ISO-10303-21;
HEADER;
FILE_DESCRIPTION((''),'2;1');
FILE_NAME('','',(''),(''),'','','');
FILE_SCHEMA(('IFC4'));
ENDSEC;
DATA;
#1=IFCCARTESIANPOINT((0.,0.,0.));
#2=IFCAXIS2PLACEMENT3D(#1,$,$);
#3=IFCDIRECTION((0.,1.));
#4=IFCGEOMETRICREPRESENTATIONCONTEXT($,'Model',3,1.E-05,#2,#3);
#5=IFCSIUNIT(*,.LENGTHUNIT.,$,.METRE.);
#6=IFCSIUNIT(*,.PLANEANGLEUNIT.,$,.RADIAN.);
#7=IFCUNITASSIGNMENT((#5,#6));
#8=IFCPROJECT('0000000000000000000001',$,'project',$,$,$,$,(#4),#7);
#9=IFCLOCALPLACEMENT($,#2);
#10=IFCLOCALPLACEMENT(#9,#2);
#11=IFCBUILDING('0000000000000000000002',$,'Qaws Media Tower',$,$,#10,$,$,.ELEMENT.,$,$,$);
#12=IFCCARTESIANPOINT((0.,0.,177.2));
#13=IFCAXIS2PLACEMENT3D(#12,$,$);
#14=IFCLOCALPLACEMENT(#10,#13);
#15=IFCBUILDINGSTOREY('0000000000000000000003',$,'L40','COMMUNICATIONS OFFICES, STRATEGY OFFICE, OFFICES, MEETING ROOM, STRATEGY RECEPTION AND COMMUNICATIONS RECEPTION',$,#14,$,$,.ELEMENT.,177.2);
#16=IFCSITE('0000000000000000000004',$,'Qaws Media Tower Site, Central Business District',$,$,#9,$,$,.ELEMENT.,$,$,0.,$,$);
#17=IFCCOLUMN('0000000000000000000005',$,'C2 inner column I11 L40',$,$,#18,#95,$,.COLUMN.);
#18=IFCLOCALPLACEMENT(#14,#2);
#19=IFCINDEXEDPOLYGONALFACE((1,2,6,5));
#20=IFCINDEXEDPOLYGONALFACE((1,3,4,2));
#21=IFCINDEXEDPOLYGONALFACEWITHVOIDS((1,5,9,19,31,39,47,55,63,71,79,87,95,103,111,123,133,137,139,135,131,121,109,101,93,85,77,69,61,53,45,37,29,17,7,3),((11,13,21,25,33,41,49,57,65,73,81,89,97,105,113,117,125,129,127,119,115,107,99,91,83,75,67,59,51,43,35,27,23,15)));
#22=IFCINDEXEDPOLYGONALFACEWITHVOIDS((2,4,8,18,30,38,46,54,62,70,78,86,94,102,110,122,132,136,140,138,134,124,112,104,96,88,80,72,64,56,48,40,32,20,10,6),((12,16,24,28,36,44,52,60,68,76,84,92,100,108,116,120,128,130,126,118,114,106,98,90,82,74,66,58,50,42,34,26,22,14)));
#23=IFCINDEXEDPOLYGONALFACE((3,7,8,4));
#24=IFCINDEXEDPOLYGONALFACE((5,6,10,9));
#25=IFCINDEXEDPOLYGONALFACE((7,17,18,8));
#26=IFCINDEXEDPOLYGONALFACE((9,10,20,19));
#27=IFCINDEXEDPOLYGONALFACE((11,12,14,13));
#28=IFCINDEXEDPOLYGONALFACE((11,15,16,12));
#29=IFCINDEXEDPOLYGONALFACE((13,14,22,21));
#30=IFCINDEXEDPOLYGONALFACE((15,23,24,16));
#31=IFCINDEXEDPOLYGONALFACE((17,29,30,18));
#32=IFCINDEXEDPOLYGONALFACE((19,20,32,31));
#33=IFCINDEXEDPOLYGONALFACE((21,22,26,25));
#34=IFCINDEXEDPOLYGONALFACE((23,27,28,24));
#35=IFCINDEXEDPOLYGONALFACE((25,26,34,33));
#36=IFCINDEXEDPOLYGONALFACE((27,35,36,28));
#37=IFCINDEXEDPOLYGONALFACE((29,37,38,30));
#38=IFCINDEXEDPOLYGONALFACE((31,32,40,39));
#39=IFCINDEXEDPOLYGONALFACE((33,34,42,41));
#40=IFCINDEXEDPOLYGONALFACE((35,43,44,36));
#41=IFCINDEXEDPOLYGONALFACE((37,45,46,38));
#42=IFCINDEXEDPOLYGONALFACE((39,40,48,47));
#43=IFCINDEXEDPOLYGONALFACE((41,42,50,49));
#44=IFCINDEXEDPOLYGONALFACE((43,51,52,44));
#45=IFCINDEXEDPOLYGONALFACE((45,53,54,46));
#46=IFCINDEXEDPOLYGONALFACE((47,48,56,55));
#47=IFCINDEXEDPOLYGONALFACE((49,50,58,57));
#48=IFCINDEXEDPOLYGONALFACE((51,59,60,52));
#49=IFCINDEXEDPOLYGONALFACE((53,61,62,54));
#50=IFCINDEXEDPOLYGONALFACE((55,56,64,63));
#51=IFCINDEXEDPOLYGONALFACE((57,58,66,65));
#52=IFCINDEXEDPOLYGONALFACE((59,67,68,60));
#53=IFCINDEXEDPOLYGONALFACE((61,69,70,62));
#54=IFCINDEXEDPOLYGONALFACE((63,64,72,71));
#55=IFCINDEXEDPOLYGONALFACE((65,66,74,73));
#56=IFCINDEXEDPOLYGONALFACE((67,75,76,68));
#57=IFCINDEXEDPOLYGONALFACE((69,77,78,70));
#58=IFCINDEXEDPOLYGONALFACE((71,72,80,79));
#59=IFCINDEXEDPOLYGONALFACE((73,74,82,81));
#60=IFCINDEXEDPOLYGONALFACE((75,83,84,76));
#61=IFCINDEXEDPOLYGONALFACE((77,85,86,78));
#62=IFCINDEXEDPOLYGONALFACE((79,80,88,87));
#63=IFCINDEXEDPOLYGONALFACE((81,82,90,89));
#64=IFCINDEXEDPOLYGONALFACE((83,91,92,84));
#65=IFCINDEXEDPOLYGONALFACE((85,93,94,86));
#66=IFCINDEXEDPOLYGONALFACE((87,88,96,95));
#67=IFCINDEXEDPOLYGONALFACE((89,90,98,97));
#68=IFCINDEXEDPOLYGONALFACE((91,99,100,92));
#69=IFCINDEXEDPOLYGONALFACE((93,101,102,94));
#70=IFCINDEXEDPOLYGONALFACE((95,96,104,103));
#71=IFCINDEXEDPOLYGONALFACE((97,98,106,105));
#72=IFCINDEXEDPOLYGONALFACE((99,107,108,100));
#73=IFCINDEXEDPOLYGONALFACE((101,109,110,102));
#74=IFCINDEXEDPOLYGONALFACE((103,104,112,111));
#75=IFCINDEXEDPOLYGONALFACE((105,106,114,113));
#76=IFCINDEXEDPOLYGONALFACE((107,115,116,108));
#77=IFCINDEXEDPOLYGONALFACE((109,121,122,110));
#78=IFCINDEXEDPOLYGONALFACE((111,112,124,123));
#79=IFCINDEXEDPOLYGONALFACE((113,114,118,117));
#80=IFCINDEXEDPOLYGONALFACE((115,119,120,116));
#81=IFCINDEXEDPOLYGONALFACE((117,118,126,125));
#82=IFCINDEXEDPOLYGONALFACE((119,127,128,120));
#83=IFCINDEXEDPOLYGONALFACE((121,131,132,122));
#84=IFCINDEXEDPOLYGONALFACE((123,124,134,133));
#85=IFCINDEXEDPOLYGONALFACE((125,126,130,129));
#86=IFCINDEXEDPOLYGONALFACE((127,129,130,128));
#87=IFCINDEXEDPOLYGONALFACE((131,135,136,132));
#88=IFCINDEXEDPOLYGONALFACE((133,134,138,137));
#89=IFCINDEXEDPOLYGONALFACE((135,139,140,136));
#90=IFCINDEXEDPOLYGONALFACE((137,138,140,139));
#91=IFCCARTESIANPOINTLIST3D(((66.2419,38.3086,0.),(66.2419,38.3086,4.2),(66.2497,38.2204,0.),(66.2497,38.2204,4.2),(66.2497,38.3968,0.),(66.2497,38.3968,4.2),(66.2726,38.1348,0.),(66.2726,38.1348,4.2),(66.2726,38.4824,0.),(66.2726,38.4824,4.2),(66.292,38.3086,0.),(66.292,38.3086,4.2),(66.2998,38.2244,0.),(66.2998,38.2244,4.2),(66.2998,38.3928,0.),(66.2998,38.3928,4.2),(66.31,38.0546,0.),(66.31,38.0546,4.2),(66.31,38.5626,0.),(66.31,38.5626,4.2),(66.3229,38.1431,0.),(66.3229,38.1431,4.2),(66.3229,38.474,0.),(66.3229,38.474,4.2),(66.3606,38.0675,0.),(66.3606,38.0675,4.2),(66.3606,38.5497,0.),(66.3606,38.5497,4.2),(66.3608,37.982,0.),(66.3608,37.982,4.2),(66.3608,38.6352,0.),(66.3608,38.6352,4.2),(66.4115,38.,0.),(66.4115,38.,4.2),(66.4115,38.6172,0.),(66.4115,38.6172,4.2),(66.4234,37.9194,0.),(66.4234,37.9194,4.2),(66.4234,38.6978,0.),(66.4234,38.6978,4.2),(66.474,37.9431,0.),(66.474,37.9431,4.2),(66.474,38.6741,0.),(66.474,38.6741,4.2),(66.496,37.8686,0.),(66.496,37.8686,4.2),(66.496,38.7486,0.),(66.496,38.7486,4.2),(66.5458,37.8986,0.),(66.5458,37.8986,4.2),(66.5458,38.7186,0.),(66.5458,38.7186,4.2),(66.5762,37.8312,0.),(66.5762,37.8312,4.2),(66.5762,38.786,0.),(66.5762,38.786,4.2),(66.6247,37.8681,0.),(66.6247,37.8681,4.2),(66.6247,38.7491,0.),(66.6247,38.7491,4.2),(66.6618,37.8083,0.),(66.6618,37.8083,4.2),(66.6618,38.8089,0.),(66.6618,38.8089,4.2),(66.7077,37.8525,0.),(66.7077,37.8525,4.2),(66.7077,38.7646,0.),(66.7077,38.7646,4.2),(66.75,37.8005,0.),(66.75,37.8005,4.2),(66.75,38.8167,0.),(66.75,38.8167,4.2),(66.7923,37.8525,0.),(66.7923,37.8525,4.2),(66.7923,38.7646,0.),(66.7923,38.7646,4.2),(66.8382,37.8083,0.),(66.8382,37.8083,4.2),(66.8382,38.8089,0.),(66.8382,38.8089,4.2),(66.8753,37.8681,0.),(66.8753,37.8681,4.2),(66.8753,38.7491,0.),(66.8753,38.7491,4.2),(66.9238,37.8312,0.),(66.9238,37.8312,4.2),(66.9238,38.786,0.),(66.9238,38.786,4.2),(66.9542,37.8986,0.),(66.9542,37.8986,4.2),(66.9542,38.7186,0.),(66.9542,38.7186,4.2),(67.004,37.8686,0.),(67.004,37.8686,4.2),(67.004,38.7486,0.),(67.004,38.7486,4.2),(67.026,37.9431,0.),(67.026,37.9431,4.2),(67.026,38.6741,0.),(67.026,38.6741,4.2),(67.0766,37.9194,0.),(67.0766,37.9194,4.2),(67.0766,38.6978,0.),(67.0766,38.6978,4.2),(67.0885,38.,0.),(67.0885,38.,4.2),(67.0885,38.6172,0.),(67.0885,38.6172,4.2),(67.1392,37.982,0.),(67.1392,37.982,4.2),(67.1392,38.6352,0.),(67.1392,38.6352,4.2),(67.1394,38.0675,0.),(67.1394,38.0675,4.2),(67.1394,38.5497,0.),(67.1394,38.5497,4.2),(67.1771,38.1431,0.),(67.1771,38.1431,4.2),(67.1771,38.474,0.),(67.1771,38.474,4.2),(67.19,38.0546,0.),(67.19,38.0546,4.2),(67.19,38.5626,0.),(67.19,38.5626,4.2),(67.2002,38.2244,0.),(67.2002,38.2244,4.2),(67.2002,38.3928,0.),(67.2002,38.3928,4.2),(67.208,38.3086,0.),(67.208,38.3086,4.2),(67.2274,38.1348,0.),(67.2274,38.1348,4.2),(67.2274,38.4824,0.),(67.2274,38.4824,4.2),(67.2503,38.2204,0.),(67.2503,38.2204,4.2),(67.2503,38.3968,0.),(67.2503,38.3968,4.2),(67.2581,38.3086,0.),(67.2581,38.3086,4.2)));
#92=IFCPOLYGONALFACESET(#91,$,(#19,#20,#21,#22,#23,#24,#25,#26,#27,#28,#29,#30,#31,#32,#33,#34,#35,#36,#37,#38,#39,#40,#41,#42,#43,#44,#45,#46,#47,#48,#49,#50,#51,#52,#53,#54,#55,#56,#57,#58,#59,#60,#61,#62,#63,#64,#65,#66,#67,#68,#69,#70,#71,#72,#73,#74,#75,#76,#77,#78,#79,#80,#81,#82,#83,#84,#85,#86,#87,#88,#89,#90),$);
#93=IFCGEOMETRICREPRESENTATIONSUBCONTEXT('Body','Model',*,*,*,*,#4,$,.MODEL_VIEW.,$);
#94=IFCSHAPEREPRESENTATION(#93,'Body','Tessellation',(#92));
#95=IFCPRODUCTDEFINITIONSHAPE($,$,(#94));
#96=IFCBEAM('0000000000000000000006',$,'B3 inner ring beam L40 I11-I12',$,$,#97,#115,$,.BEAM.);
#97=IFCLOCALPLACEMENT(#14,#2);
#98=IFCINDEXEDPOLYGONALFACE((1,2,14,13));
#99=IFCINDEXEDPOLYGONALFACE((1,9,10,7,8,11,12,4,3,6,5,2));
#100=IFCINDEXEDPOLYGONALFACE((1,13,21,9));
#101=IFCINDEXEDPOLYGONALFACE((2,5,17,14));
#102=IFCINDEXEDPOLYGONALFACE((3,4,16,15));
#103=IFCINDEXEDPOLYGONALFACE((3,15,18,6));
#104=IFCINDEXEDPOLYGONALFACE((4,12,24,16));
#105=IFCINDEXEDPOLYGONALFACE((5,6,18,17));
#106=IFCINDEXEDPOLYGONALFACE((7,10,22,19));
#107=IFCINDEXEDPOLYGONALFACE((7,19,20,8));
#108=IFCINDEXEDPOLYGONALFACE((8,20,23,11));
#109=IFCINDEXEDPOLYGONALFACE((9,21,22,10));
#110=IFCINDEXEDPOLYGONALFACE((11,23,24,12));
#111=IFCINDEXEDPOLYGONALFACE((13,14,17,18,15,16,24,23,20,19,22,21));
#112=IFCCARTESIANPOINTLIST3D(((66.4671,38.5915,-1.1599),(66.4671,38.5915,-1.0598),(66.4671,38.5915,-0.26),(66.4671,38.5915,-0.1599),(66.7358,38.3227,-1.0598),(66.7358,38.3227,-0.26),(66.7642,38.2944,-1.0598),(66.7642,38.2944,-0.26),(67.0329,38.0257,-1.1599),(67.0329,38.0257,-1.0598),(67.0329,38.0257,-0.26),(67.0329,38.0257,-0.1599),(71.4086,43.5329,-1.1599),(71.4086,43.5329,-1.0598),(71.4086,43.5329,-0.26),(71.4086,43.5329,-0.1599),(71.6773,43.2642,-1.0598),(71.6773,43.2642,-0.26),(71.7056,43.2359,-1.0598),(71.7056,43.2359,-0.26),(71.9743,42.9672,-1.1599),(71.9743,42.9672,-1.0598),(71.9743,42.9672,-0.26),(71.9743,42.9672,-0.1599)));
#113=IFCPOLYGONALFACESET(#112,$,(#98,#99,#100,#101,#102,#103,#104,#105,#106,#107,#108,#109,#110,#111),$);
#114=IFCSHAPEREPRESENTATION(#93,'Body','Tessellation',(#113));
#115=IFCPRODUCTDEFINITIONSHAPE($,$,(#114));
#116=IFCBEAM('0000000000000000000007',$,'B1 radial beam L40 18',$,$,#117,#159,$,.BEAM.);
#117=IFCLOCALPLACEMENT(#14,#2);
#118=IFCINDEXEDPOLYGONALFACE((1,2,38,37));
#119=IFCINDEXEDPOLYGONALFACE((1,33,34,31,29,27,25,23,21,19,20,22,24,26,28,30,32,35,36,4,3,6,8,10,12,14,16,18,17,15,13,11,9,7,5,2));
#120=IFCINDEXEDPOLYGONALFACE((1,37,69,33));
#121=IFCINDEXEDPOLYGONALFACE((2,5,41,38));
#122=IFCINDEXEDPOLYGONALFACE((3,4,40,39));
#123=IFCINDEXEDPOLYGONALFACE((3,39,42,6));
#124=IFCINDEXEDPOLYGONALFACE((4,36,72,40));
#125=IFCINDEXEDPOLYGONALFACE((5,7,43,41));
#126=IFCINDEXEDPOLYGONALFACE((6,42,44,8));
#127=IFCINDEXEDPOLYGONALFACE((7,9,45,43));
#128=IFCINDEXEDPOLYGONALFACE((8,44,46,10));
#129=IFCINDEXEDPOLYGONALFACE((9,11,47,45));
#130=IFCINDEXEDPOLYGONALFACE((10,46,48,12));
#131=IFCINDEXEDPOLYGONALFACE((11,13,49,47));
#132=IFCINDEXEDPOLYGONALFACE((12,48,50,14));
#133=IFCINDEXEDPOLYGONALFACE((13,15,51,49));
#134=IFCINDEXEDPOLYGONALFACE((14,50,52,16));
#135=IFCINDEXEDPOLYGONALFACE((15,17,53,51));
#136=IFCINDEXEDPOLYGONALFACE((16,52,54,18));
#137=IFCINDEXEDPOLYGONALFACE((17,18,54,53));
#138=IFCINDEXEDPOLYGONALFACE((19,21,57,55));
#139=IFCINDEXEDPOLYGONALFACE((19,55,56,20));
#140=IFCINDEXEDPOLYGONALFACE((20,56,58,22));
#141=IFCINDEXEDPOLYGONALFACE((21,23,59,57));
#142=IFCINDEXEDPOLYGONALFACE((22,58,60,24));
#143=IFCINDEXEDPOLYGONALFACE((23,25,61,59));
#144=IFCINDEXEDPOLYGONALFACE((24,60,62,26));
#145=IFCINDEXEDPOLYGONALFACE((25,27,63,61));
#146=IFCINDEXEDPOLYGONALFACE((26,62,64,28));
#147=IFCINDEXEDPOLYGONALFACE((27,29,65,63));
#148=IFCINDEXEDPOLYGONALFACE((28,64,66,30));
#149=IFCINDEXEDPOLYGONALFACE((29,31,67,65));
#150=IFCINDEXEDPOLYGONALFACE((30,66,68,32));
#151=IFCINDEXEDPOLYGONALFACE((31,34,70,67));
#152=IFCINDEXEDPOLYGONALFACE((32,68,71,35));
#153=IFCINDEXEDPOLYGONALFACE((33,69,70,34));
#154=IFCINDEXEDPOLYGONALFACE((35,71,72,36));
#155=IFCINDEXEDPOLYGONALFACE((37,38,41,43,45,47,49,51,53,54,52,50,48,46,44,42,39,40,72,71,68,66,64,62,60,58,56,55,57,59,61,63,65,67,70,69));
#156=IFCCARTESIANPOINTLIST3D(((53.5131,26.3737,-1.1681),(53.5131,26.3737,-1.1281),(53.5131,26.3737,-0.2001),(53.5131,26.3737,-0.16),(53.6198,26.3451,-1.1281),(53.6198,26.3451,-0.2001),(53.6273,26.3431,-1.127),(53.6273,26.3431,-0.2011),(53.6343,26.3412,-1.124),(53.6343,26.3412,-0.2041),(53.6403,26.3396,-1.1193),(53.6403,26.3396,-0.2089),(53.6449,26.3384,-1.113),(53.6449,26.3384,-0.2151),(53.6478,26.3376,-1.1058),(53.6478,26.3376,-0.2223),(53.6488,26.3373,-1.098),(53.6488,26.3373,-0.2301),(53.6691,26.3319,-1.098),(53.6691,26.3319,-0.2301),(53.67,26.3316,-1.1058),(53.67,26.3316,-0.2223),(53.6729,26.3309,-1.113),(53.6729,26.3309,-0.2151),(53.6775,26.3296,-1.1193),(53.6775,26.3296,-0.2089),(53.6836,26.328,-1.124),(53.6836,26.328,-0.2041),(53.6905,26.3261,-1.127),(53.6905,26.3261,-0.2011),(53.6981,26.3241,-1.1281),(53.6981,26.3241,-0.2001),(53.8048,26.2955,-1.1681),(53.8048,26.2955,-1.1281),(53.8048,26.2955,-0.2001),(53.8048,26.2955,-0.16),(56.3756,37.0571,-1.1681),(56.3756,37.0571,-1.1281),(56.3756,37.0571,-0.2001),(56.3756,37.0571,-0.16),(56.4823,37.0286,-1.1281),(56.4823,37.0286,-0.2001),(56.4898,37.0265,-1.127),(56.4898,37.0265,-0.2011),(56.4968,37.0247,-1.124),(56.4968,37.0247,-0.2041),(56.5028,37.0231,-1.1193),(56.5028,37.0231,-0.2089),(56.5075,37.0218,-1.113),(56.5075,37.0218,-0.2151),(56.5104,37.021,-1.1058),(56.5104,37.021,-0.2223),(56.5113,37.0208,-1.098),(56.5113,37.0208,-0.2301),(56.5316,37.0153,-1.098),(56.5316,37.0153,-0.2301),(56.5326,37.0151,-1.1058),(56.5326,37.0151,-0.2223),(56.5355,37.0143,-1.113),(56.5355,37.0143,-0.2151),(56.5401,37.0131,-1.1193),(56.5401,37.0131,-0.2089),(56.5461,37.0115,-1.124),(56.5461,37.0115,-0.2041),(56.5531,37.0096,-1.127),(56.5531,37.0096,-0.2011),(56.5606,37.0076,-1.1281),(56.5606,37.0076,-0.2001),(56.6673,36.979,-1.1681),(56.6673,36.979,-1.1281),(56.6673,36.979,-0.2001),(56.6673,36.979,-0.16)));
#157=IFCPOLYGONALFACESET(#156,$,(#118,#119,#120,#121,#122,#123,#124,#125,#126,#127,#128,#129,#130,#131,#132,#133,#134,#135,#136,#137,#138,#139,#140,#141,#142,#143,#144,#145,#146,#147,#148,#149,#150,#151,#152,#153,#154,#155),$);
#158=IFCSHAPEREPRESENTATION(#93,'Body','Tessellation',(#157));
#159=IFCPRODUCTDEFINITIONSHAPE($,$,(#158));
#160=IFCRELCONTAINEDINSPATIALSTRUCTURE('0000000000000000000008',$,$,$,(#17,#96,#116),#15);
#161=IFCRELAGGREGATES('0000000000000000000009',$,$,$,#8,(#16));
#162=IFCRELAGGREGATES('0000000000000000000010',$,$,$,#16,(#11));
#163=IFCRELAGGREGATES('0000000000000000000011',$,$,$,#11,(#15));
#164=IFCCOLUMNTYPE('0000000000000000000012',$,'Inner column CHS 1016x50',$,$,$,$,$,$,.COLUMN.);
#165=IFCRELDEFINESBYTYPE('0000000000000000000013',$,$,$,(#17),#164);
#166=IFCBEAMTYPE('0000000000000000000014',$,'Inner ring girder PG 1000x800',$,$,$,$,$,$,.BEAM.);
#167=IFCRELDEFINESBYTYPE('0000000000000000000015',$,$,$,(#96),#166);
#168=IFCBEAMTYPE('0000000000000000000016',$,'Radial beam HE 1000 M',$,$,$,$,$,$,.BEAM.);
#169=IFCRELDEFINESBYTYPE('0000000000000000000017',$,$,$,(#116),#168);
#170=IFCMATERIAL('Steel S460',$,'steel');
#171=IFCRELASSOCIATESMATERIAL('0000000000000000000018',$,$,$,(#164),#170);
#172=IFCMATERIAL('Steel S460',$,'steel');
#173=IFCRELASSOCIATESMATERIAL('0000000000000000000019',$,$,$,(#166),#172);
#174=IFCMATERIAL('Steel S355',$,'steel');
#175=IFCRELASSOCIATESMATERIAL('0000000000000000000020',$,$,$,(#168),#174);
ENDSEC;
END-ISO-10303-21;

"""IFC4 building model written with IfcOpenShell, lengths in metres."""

from ifc_helpers import new_model, si_unit, direction, frame, origin, origin_2d, place, context, subcontext, project, spatial, hollow_circle, i_section, extrude, material, material_profile, profile_set, type_object, element, save


model = new_model("IFC4")

# Units and contexts
model_context = context("Model", 3, precision=1e-05, world=origin(), true_north=direction((0.0, 1.0)))
body_context = subcontext(model_context, "Body", "Model", "MODEL_VIEW")
ifc_project = project(units=[si_unit("LENGTHUNIT", "METRE"), si_unit("PLANEANGLEUNIT", "RADIAN")], contexts=[model_context])

# Site, building, storey
site_placement = place(None, origin())
site = spatial("IfcSite", under=ifc_project, at=site_placement, Name="Qaws Media Tower Site, Central Business District", CompositionType="ELEMENT", RefElevation=0.0)
building_placement = place(site_placement, origin())
building = spatial("IfcBuilding", under=site, at=building_placement, Name="Qaws Media Tower", CompositionType="ELEMENT")
storey_placement = place(building_placement, frame((0.0, 0.0, 177.2)))
storey = spatial("IfcBuildingStorey", under=building, at=storey_placement, Name="L40", Description="COMMUNICATIONS OFFICES, STRATEGY OFFICE, OFFICES, MEETING ROOM, STRATEGY RECEPTION AND COMMUNICATIONS RECEPTION", CompositionType="ELEMENT", Elevation=177.2)

# Column
ifc_material_1 = material(Name="Steel S460", Category="steel")
ifc_material_profile_1 = material_profile(ifc_material_1, hollow_circle(Radius=0.5081, WallThickness=0.05, at=origin_2d()), Name="CHS 1016x50")
ifc_profile_set_1 = profile_set([ifc_material_profile_1], Name="Steel S460")
column_type = type_object("IfcColumnType", Name="Inner column CHS 1016x50", PredefinedType="COLUMN", material=ifc_profile_set_1)
column_placement = place(storey_placement, frame((66.75, 38.3086, 0.0), z_axis=(0.0, 0.0, 1.0), x_axis=(1.0, 0.0, 0.0)))
element("IfcColumn", 1, at=column_placement, inside=storey, type_object=column_type, Name="C2 inner column I11 L40", PredefinedType="COLUMN", context=body_context, shape_type="SweptSolid", body=[
    extrude(hollow_circle(Radius=0.5081, WallThickness=0.05, at=origin_2d()), origin(), (0.0, 0.0, 1.0), 4.2),
])

# Beams
ifc_material_2 = material(Name="Steel S460", Category="steel")
ifc_material_profile_2 = material_profile(ifc_material_2, i_section(OverallWidth=0.8, OverallDepth=1.0, WebThickness=0.04, FlangeThickness=0.1001, at=origin_2d()), Name="PG 1000x800")
ifc_profile_set_2 = profile_set([ifc_material_profile_2], Name="Steel S460")
beam_type_1 = type_object("IfcBeamType", Name="Inner ring girder PG 1000x800", PredefinedType="BEAM", material=ifc_profile_set_2)
beam_1_placement = place(storey_placement, frame((66.75, 38.3086, -0.6599), z_axis=(0.707107, 0.707107, 0.0), x_axis=(-0.707107, 0.707107, 0.0)))
element("IfcBeam", 2, at=beam_1_placement, inside=storey, type_object=beam_type_1, Name="B3 inner ring beam L40 I11-I12", PredefinedType="BEAM", context=body_context, shape_type="SweptSolid", body=[
    extrude(i_section(OverallWidth=0.8, OverallDepth=1.0, WebThickness=0.04, FlangeThickness=0.1001, at=origin_2d()), origin(), (0.0, 0.0, 1.0), 6.9883),
])
ifc_material_3 = material(Name="Steel S355", Category="steel")
ifc_material_profile_3 = material_profile(ifc_material_3, i_section(OverallWidth=0.302, OverallDepth=1.0081, WebThickness=0.021, FlangeThickness=0.04, FilletRadius=0.03, at=origin_2d()), Name="HE 1000 M")
ifc_profile_set_3 = profile_set([ifc_material_profile_3], Name="Steel S355")
beam_type_2 = type_object("IfcBeamType", Name="Radial beam HE 1000 M", PredefinedType="BEAM", material=ifc_profile_set_3)
for number, where, z_axis, x_axis, name in (
    (3, (56.5215, 37.0181, -0.6641), (-0.258815, -0.965927, 0.0), (0.965927, -0.258815, 0.0), "B1 radial beam L40 18"),
):
    element("IfcBeam", number, at=place(storey_placement, frame(where, z_axis=z_axis, x_axis=x_axis)), inside=storey, type_object=beam_type_2, Name=name, PredefinedType="BEAM", context=body_context, shape_type="SweptSolid", body=[
        extrude(i_section(OverallWidth=0.302, OverallDepth=1.0081, WebThickness=0.021, FlangeThickness=0.04, FilletRadius=0.03, at=origin_2d()), origin(), (0.0, 0.0, 1.0), 11.0603),
    ])

save(model, "model.ifc")
